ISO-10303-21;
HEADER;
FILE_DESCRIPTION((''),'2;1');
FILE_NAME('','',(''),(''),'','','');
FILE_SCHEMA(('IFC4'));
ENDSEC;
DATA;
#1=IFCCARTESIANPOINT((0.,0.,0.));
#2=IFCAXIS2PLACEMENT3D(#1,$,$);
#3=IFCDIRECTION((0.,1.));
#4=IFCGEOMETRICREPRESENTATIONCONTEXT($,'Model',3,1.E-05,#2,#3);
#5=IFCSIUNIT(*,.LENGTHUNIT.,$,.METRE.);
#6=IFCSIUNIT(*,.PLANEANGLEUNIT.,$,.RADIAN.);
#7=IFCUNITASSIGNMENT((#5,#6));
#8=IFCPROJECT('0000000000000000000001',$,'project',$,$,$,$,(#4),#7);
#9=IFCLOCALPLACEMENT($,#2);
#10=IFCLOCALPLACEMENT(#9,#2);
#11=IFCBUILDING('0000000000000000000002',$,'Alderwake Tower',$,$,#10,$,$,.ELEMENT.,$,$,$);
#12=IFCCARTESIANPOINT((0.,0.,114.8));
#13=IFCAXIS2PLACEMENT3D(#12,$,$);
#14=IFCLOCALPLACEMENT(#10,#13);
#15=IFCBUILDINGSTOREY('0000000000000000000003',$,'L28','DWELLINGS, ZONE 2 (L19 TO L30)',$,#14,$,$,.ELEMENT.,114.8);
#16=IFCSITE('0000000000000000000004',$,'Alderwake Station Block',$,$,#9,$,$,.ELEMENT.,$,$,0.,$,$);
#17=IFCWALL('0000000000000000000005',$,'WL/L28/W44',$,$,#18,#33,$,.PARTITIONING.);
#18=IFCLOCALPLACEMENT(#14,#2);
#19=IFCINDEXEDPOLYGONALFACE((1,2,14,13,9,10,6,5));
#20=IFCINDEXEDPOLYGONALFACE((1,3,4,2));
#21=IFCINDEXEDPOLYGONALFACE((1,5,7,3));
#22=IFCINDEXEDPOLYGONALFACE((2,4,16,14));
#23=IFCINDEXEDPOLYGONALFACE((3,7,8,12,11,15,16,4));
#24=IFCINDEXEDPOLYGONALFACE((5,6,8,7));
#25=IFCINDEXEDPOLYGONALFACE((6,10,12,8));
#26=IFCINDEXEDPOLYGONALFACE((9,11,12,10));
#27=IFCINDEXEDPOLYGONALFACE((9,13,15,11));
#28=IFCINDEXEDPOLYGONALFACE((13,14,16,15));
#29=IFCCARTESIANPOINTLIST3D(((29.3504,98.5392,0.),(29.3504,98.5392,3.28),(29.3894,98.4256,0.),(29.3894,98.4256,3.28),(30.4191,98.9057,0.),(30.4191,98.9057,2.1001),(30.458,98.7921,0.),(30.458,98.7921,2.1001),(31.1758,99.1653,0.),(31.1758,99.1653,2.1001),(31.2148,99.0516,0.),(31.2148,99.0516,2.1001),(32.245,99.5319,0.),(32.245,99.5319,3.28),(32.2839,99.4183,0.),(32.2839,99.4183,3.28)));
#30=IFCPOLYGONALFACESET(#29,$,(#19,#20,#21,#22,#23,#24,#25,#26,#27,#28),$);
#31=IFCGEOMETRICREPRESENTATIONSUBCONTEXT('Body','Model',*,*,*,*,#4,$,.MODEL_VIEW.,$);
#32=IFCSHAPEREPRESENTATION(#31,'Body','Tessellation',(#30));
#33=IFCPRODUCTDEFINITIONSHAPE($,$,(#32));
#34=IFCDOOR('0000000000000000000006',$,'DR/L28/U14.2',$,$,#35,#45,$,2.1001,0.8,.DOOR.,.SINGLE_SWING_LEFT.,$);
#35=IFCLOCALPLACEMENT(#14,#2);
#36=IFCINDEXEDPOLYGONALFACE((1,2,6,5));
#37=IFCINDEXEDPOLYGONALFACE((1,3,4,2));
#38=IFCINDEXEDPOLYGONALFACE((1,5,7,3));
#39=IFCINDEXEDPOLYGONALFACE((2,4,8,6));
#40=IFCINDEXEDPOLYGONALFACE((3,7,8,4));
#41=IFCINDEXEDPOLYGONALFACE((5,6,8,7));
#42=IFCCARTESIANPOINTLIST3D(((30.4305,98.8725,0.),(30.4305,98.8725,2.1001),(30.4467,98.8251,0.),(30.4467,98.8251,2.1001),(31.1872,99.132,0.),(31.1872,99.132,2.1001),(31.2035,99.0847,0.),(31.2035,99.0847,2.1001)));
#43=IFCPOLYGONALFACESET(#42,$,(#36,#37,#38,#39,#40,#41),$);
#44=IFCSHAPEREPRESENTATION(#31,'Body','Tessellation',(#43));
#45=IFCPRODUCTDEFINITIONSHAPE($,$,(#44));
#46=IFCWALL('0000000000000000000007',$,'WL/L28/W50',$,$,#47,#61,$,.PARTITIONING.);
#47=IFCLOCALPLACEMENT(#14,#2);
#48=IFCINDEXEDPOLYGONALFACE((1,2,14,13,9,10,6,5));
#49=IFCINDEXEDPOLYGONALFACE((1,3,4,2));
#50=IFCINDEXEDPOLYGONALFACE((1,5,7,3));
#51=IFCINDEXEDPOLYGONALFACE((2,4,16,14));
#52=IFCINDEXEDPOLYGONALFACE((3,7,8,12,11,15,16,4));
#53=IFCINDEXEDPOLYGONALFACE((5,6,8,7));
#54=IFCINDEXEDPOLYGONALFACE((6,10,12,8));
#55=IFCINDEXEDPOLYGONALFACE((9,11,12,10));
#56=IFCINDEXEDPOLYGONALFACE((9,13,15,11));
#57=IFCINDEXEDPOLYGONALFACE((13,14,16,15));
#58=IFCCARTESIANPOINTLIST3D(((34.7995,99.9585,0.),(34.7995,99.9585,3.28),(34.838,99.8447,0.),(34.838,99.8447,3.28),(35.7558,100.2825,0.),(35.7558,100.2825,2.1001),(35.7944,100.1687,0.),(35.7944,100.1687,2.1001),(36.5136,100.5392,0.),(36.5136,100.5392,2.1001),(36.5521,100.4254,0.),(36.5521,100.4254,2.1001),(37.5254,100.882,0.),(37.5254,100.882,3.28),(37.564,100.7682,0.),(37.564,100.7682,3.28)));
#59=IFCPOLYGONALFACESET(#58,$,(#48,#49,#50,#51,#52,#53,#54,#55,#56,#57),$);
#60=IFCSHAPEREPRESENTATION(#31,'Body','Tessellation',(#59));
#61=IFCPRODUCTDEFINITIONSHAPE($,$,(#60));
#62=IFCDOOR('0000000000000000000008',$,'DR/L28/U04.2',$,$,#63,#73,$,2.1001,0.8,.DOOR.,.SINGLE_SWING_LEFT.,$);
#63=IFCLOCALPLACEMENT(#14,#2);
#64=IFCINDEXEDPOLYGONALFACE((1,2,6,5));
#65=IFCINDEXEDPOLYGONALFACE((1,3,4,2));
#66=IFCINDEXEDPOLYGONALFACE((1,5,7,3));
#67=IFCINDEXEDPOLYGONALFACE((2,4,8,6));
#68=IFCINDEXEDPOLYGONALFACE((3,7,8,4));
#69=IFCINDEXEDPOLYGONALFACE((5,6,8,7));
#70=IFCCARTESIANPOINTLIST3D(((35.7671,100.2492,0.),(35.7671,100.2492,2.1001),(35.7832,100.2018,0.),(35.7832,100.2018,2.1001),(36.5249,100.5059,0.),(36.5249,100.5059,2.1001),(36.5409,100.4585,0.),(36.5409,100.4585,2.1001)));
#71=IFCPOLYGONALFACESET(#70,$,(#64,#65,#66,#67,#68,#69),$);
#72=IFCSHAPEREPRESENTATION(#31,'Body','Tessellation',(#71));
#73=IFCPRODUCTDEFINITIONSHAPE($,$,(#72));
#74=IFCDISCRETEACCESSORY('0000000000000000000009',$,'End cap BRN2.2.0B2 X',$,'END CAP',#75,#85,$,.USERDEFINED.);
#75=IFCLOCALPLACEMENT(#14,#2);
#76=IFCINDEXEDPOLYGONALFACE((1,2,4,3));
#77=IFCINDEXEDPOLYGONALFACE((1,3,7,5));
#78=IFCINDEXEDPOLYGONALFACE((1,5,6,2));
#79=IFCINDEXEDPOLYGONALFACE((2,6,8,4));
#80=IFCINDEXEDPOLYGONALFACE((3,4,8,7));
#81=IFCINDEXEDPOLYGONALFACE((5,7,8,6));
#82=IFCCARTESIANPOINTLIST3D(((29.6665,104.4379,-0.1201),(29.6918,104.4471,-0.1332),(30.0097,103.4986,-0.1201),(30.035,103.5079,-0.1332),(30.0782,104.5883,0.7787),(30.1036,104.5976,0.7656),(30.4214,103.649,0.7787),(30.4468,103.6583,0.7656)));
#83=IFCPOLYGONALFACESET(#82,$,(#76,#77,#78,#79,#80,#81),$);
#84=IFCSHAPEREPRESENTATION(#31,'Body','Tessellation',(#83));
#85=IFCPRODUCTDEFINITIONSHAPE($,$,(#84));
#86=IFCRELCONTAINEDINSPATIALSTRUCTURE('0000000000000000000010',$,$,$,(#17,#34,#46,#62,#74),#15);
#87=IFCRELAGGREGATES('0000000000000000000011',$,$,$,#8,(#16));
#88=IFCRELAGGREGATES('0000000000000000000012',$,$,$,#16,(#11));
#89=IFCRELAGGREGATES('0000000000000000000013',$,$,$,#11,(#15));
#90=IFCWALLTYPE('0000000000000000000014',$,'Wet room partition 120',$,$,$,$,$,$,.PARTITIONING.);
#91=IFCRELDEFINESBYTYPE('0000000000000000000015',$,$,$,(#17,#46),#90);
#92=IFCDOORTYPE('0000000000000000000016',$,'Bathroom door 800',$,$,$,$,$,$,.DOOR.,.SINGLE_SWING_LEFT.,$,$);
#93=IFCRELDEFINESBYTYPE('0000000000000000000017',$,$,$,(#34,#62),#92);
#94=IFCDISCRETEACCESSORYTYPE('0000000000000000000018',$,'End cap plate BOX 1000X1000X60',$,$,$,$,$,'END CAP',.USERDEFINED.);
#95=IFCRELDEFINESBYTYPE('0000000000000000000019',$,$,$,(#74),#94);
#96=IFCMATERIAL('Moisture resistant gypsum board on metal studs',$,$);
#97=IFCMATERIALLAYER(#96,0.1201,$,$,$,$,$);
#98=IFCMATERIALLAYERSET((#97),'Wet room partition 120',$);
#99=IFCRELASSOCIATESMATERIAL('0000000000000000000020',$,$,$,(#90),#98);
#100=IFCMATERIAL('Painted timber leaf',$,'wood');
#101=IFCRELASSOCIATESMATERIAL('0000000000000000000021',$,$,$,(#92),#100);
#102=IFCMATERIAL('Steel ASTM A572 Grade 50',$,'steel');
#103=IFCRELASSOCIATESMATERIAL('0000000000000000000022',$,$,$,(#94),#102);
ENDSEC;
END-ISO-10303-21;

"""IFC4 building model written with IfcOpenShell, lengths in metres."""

from ifc_helpers import new_model, si_unit, direction, frame, frame_2d, origin, origin_2d, place, context, subcontext, project, spatial, rectangle, extrude, material, layer, layer_set, material_profile, profile_set, type_object, element, fill, save


model = new_model("IFC4")

# Units and contexts
model_context = context("Model", 3, precision=1e-05, world=origin(), true_north=direction((0.0, 1.0)))
body_context = subcontext(model_context, "Body", "Model", "MODEL_VIEW")
ifc_project = project(units=[si_unit("LENGTHUNIT", "METRE"), si_unit("PLANEANGLEUNIT", "RADIAN")], contexts=[model_context])

# Site, building, storey
site_placement = place(None, origin())
site = spatial("IfcSite", under=ifc_project, at=site_placement, Name="Alderwake Station Block", CompositionType="ELEMENT", RefElevation=0.0)
building_placement = place(site_placement, origin())
building = spatial("IfcBuilding", under=site, at=building_placement, Name="Alderwake Tower", CompositionType="ELEMENT")
storey_placement = place(building_placement, frame((0.0, 0.0, 114.8)))
storey = spatial("IfcBuildingStorey", under=building, at=storey_placement, Name="L28", Description="DWELLINGS, ZONE 2 (L19 TO L30)", CompositionType="ELEMENT", Elevation=114.8)

# Shared definitions
ifc_material_1 = material(Name="Moisture resistant gypsum board on metal studs")
ifc_layer_1 = layer(ifc_material_1, 0.1201)
ifc_layer_set_1 = layer_set([ifc_layer_1], Name="Wet room partition 120")
wall_type_1 = type_object("IfcWallType", Name="Wet room partition 120", PredefinedType="PARTITIONING", material=ifc_layer_set_1)

# Walls, openings, doors
wall_1_placement = place(storey_placement, frame((29.3699, 98.4824, 0.0), z_axis=(0.0, 0.0, 1.0), x_axis=(0.945919, 0.324402, 0.0)))
wall_1 = element("IfcWall", 1, at=wall_1_placement, inside=storey, type_object=wall_type_1, Name="WL/L28/W44", PredefinedType="PARTITIONING", context=body_context, shape_type="SweptSolid", body=[
    extrude(rectangle(XDim=3.0601, YDim=0.1201, at=frame_2d((1.53, 0.0))), origin(), (0.0, 0.0, 1.0), 3.28),
])
opening_1_placement = place(wall_1_placement, frame((1.1299, 0.0, 0.0)))
opening_1 = element("IfcOpeningElement", 2, at=opening_1_placement, cuts=wall_1, PredefinedType="OPENING", context=body_context, shape_type="SweptSolid", body=[
    extrude(rectangle(XDim=0.8, YDim=2.1001, at=frame_2d((0.3999, 1.05))), frame((0.0, 0.0701, 0.0), z_axis=(0.0, -1.0, 0.0), x_axis=(1.0, 0.0, 0.0)), (0.0, 0.0, 1.0), 0.1401),
])
ifc_material_2 = material(Name="Painted timber leaf", Category="wood")
door_type_1 = type_object("IfcDoorType", Name="Bathroom door 800", OperationType="SINGLE_SWING_LEFT", PredefinedType="DOOR", material=ifc_material_2)
door_1_placement = place(opening_1_placement, origin())
door_1 = element("IfcDoor", 3, at=door_1_placement, inside=storey, type_object=door_type_1, Name="DR/L28/U14.2", OperationType="SINGLE_SWING_LEFT", OverallHeight=2.1001, OverallWidth=0.8, PredefinedType="DOOR", context=body_context, shape_type="SweptSolid", body=[
    extrude(rectangle(XDim=0.8, YDim=2.1001, at=frame_2d((0.3999, 1.05))), frame((0.0, 0.0249, 0.0), z_axis=(0.0, -1.0, 0.0), x_axis=(1.0, 0.0, 0.0)), (0.0, 0.0, 1.0), 0.05),
])
fill(opening_1, door_1)
wall_2_placement = place(storey_placement, frame((34.8188, 99.9016, 0.0), z_axis=(0.0, 0.0, 1.0), x_axis=(0.94712, 0.320881, 0.0)))
wall_2 = element("IfcWall", 4, at=wall_2_placement, inside=storey, type_object=wall_type_1, Name="WL/L28/W50", PredefinedType="PARTITIONING", context=body_context, shape_type="SweptSolid", body=[
    extrude(rectangle(XDim=2.8782, YDim=0.1201, at=frame_2d((1.439, 0.0))), origin(), (0.0, 0.0, 1.0), 3.28),
])
opening_2_placement = place(wall_2_placement, frame((1.0098, 0.0, 0.0)))
opening_2 = element("IfcOpeningElement", 5, at=opening_2_placement, cuts=wall_2, PredefinedType="OPENING", context=body_context, shape_type="SweptSolid", body=[
    extrude(rectangle(XDim=0.8, YDim=2.1001, at=frame_2d((0.3999, 1.05))), frame((0.0, 0.0701, 0.0), z_axis=(0.0, -1.0, 0.0), x_axis=(1.0, 0.0, 0.0)), (0.0, 0.0, 1.0), 0.1401),
])
door_2_placement = place(opening_2_placement, origin())
door_2 = element("IfcDoor", 6, at=door_2_placement, inside=storey, type_object=door_type_1, Name="DR/L28/U04.2", OperationType="SINGLE_SWING_LEFT", OverallHeight=2.1001, OverallWidth=0.8, PredefinedType="DOOR", context=body_context, shape_type="SweptSolid", body=[
    extrude(rectangle(XDim=0.8, YDim=2.1001, at=frame_2d((0.3999, 1.05))), frame((0.0, 0.0249, 0.0), z_axis=(0.0, -1.0, 0.0), x_axis=(1.0, 0.0, 0.0)), (0.0, 0.0, 1.0), 0.05),
])
fill(opening_2, door_2)

# Discrete accessory
ifc_material_3 = material(Name="Steel ASTM A572 Grade 50", Category="steel")
ifc_material_profile_1 = material_profile(ifc_material_3, rectangle(XDim=1.0, YDim=1.0, at=origin_2d()), Name="BOX 1000X1000X60 cap")
ifc_profile_set_1 = profile_set([ifc_material_profile_1], Name="Steel ASTM A572 Grade 50")
discrete_accessory_type = type_object("IfcDiscreteAccessoryType", Name="End cap plate BOX 1000X1000X60", ElementType="END CAP", PredefinedType="USERDEFINED", material=ifc_profile_set_1)
discrete_accessory_placement = place(storey_placement, frame((30.0439, 104.0435, 0.3293), z_axis=(0.844218, 0.308464, -0.438344), x_axis=(-0.343193, 0.939265, 0.0)))
element("IfcDiscreteAccessory", 7, at=discrete_accessory_placement, inside=storey, type_object=discrete_accessory_type, Name="End cap BRN2.2.0B2 X", ObjectType="END CAP", PredefinedType="USERDEFINED", context=body_context, shape_type="SweptSolid", body=[
    extrude(rectangle(XDim=1.0, YDim=1.0, at=origin_2d()), origin(), (0.0, 0.0, 1.0), 0.03),
])

save(model, "model.ifc")
